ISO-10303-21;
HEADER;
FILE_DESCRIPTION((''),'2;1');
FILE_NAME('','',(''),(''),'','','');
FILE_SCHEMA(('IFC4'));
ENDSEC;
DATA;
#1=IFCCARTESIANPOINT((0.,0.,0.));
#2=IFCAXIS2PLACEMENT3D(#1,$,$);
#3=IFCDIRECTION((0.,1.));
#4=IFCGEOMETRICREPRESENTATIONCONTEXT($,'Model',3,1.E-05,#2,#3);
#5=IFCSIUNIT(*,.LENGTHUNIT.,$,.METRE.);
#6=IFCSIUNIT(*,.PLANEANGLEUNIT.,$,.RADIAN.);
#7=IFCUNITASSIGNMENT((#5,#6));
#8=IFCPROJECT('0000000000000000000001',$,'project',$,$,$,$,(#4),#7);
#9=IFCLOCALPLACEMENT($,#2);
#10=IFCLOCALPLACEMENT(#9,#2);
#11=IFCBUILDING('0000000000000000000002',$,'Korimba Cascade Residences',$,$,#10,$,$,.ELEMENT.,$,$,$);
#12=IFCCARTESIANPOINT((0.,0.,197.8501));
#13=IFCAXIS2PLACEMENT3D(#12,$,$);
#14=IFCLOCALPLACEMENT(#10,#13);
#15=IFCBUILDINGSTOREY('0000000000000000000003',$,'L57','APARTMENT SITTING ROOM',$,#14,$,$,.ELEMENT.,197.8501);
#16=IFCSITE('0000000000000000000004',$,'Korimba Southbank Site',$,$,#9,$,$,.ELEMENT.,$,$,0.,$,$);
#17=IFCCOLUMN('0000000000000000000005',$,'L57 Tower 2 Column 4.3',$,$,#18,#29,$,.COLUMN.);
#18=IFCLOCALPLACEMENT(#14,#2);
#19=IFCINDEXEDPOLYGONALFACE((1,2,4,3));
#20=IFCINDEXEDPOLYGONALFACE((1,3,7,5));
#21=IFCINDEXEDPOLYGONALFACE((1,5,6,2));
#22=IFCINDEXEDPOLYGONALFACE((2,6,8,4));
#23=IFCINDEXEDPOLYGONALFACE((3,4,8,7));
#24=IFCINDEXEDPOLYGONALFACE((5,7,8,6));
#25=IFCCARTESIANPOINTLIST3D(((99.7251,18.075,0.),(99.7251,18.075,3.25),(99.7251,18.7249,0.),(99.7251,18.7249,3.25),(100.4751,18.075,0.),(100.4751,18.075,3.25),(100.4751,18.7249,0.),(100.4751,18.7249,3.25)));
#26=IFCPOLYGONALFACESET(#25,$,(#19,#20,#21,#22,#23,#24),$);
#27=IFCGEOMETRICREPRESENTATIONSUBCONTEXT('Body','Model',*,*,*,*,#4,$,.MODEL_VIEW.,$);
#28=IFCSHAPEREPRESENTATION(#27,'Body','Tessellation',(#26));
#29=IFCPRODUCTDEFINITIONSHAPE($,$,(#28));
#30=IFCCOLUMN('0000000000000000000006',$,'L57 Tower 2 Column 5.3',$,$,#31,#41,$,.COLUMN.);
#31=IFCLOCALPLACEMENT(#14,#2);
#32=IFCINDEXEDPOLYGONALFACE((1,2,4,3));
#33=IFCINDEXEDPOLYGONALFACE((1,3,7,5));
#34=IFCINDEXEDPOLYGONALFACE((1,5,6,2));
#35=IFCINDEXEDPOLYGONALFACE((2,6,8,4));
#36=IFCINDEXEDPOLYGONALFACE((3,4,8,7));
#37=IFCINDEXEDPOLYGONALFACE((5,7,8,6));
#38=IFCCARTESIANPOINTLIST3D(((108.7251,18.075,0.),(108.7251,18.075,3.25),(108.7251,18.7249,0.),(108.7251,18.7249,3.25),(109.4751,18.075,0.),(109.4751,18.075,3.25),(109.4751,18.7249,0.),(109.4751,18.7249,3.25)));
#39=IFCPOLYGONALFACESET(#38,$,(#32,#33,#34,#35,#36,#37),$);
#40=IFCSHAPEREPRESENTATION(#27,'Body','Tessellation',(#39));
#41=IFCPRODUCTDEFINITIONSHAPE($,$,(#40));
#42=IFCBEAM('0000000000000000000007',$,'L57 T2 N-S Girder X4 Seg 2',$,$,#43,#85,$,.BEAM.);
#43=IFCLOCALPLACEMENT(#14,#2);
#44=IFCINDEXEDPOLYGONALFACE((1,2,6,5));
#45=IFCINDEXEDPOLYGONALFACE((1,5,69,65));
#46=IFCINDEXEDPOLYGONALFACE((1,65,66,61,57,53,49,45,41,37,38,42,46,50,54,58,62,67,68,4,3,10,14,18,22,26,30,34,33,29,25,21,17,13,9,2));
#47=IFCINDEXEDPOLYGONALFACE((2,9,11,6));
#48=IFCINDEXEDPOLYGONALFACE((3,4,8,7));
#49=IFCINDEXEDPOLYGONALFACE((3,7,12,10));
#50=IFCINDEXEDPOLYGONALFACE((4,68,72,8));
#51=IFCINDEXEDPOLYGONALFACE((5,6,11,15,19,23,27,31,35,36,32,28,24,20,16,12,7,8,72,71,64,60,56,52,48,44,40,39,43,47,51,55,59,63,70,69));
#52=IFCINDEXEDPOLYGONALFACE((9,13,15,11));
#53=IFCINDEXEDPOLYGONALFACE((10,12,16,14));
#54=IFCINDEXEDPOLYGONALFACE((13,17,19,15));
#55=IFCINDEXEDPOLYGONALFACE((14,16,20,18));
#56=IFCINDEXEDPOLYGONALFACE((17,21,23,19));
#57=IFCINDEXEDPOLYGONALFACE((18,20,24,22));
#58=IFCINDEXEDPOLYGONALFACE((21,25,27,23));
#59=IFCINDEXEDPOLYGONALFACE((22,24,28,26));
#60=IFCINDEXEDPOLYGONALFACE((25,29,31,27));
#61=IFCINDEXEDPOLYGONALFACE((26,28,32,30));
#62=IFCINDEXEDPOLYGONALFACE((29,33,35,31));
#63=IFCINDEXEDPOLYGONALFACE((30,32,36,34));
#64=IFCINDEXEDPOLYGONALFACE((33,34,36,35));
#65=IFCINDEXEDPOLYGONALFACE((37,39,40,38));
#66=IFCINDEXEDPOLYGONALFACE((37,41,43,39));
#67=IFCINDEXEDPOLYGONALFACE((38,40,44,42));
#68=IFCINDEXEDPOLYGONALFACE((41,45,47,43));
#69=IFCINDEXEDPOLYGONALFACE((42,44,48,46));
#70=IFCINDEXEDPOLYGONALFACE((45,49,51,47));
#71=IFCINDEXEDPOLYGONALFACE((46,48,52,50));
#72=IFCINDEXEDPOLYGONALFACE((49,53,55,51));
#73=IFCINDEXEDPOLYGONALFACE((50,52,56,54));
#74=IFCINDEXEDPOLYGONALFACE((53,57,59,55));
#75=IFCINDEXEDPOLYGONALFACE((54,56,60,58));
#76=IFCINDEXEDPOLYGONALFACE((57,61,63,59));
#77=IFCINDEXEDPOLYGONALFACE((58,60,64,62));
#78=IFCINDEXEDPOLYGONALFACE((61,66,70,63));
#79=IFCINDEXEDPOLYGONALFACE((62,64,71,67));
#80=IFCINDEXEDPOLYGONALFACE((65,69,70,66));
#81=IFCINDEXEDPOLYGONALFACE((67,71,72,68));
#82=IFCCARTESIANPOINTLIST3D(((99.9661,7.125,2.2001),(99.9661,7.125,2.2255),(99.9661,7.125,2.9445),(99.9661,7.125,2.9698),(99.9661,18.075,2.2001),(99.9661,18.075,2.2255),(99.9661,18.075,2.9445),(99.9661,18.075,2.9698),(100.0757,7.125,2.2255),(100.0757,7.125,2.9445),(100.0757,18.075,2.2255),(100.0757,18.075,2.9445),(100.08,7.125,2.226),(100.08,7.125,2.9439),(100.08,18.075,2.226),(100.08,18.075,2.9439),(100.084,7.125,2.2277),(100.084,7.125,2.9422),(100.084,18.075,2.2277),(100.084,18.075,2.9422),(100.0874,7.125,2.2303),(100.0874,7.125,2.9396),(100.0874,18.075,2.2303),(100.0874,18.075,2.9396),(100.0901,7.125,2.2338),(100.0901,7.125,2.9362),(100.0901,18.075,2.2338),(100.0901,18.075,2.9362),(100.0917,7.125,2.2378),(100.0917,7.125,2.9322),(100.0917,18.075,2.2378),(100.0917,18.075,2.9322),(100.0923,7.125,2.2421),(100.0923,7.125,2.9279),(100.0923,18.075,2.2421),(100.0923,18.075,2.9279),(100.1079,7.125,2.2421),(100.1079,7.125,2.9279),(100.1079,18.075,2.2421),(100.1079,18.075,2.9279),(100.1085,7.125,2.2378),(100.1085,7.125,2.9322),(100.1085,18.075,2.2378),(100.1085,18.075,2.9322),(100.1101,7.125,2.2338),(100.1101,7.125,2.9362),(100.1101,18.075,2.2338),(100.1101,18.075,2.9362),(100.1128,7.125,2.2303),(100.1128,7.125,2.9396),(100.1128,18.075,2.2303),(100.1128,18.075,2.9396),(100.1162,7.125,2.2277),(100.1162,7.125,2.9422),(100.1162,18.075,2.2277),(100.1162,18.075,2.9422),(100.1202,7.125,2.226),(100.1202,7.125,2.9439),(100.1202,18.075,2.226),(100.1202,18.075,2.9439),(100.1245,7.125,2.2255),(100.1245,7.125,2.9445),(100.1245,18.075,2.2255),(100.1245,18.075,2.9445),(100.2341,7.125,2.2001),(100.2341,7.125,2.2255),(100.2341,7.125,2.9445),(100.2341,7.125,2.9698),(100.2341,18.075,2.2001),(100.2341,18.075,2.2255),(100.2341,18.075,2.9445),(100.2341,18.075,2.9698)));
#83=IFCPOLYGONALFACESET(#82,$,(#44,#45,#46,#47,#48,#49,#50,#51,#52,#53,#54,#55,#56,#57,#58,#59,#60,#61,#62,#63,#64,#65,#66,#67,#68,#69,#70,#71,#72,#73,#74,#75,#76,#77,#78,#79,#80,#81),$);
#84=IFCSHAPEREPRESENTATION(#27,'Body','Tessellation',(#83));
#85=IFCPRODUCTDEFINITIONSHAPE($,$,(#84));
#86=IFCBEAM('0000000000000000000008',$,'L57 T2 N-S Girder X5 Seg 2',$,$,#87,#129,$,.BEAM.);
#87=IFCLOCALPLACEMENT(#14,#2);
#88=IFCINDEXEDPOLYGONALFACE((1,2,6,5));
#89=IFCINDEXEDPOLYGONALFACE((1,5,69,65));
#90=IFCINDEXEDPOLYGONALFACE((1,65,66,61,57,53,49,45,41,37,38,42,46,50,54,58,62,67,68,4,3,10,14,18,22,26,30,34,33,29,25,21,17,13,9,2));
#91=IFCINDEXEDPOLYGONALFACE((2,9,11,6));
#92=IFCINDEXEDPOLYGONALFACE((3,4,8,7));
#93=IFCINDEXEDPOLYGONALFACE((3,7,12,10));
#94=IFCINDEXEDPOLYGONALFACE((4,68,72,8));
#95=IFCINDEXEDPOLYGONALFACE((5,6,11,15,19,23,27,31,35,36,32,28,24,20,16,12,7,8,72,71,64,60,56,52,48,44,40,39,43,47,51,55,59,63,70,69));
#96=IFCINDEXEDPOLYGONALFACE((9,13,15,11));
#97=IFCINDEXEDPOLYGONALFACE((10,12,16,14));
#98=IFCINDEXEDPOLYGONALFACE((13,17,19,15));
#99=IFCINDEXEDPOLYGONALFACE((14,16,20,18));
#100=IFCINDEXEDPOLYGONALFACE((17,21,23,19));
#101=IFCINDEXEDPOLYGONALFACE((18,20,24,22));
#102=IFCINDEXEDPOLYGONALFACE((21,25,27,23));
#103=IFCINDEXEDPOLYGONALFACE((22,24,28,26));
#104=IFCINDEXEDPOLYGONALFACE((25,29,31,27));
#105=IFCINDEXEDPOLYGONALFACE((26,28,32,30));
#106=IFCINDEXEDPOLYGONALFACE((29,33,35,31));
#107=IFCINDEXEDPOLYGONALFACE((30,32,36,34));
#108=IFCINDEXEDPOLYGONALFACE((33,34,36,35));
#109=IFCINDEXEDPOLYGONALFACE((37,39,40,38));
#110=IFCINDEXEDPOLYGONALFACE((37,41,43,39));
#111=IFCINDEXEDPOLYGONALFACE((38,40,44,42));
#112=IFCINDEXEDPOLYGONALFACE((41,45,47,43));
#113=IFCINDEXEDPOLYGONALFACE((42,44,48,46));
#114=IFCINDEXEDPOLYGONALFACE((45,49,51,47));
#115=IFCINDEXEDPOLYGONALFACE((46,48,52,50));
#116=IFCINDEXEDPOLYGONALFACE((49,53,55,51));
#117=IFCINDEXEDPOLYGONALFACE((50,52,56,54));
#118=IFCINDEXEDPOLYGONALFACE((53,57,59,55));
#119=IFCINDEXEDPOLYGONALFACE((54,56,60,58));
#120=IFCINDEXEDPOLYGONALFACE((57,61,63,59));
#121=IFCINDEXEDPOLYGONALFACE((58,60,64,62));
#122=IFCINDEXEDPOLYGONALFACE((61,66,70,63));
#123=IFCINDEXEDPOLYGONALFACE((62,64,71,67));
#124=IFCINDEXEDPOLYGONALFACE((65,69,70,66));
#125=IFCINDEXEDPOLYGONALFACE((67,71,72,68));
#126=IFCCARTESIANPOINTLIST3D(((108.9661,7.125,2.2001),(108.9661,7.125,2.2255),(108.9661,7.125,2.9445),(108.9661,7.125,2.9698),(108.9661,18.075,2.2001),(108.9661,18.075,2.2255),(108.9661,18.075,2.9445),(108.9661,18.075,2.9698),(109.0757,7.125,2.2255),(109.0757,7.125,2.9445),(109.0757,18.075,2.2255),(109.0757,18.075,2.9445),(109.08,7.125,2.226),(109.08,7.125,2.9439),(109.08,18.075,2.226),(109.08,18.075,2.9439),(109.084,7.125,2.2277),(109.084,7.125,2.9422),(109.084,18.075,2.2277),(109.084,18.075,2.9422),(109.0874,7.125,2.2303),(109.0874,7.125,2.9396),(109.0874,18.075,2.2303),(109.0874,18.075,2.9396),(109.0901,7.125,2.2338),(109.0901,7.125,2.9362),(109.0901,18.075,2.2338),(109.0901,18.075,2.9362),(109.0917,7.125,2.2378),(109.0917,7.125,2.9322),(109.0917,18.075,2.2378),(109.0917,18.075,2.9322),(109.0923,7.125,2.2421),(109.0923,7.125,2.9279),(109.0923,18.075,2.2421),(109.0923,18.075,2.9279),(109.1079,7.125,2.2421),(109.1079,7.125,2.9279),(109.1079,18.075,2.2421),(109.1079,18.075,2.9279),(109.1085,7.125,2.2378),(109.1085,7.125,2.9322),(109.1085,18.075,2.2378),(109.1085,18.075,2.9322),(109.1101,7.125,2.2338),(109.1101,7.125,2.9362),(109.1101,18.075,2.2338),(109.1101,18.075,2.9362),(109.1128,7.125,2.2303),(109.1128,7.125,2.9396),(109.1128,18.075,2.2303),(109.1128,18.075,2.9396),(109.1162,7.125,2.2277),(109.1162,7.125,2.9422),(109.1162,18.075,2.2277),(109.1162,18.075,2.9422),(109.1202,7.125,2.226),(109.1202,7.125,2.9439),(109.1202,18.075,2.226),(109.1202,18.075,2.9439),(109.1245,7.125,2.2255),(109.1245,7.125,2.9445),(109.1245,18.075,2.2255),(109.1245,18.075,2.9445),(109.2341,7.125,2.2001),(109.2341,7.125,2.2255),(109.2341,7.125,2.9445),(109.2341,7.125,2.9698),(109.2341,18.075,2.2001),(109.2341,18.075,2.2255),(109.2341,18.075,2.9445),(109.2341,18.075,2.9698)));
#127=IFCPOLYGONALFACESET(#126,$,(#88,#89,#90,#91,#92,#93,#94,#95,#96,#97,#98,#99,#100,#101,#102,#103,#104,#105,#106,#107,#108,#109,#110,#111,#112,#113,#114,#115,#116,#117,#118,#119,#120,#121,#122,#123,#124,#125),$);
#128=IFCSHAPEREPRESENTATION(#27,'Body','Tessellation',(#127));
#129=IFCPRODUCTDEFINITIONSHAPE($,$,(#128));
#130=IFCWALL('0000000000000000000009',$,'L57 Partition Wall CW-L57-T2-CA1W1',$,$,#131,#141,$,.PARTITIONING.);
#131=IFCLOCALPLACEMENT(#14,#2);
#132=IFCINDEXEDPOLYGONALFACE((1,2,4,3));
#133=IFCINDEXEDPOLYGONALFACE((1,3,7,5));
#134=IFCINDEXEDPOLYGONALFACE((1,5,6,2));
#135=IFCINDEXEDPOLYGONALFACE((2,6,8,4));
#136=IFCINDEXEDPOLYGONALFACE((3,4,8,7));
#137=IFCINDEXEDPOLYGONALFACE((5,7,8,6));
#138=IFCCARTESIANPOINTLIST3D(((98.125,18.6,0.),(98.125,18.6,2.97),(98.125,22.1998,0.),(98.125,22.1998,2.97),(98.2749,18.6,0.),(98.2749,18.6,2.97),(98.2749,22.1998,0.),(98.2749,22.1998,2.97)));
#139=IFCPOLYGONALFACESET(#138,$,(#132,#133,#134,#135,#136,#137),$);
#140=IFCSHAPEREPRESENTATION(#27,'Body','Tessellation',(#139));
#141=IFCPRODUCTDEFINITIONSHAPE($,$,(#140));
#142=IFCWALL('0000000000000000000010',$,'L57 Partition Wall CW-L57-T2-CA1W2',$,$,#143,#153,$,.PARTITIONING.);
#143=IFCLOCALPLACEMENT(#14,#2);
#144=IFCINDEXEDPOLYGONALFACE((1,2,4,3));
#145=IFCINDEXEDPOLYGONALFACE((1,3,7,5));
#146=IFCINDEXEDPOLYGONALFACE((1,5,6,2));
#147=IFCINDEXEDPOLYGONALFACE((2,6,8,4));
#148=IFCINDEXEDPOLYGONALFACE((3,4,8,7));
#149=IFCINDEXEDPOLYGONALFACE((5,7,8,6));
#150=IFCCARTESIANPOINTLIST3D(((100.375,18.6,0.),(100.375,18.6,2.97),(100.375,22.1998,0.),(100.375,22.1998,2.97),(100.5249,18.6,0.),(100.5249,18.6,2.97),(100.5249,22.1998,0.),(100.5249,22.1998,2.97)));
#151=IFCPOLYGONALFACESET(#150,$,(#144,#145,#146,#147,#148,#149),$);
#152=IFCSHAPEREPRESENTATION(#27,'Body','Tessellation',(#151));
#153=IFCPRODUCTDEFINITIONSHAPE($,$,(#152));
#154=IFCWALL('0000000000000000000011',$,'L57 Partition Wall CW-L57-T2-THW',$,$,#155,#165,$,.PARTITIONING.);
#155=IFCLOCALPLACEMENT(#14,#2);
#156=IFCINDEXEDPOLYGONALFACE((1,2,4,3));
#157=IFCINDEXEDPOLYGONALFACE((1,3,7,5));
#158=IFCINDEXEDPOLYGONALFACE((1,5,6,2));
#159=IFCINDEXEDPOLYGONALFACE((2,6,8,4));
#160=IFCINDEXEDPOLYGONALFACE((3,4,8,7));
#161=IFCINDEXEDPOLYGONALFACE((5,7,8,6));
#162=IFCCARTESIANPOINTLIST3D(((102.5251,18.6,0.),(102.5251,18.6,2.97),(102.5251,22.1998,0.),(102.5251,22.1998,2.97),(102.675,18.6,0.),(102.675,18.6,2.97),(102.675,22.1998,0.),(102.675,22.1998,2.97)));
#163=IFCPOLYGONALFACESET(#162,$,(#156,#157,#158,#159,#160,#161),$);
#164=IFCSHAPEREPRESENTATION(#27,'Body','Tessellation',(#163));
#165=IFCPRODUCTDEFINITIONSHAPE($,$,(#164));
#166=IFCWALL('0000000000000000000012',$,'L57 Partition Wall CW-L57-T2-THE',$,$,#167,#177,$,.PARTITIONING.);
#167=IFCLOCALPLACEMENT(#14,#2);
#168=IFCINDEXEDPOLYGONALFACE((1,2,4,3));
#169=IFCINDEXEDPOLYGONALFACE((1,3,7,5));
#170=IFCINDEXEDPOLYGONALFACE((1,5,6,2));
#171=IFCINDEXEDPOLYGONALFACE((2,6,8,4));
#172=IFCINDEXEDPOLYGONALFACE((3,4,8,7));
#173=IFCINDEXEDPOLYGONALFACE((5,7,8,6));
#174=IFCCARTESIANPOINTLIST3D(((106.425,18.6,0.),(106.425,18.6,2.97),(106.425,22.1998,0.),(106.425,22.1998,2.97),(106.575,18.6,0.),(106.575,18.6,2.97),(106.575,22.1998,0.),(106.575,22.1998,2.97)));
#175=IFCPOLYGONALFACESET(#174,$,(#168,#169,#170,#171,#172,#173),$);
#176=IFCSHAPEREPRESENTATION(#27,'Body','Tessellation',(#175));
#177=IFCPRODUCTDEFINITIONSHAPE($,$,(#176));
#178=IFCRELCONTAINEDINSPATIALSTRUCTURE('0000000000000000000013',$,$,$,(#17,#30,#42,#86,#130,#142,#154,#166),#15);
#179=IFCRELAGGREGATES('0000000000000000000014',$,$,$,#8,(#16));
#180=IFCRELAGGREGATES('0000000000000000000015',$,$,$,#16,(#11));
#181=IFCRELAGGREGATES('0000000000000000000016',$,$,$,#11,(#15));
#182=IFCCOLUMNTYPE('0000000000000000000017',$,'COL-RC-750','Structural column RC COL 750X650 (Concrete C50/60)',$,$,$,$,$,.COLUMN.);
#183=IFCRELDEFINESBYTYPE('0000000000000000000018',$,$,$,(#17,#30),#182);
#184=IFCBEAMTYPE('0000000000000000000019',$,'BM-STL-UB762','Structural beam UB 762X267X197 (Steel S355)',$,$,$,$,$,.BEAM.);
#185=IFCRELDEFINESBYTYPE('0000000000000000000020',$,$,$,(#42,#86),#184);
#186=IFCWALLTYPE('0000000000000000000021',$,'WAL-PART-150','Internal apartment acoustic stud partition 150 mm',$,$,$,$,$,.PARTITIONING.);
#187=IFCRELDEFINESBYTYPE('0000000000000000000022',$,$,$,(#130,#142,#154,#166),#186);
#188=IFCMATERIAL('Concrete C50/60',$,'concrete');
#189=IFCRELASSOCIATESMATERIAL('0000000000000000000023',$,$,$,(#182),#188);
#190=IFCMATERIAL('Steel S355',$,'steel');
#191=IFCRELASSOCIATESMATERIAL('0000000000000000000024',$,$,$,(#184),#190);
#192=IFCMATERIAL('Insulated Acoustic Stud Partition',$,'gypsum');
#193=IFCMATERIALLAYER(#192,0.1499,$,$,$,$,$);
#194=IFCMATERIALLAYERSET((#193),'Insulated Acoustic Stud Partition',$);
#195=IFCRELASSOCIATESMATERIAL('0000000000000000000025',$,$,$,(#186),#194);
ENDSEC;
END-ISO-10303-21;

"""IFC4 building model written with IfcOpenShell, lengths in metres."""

from ifc_helpers import new_model, si_unit, direction, frame, frame_2d, origin, origin_2d, place, context, subcontext, project, spatial, rectangle, i_section, extrude, material, layer, layer_set, material_profile, profile_set, type_object, element, save


model = new_model("IFC4")

# Units and contexts
model_context = context("Model", 3, precision=1e-05, world=origin(), true_north=direction((0.0, 1.0)))
body_context = subcontext(model_context, "Body", "Model", "MODEL_VIEW")
ifc_project = project(units=[si_unit("LENGTHUNIT", "METRE"), si_unit("PLANEANGLEUNIT", "RADIAN")], contexts=[model_context])

# Site, building, storey
site_placement = place(None, origin())
site = spatial("IfcSite", under=ifc_project, at=site_placement, Name="Korimba Southbank Site", CompositionType="ELEMENT", RefElevation=0.0)
building_placement = place(site_placement, origin())
building = spatial("IfcBuilding", under=site, at=building_placement, Name="Korimba Cascade Residences", CompositionType="ELEMENT")
storey_placement = place(building_placement, frame((0.0, 0.0, 197.8501)))
storey = spatial("IfcBuildingStorey", under=building, at=storey_placement, Name="L57", Description="APARTMENT SITTING ROOM", CompositionType="ELEMENT", Elevation=197.8501)

# Columns
ifc_material_1 = material(Name="Concrete C50/60", Category="concrete")
ifc_material_profile_1 = material_profile(ifc_material_1, rectangle(XDim=0.75, YDim=0.6499, at=origin_2d()), Name="Concrete C50/60")
ifc_profile_set_1 = profile_set([ifc_material_profile_1], Name="Concrete C50/60")
column_type = type_object("IfcColumnType", Name="COL-RC-750", Description="Structural column RC COL 750X650 (Concrete C50/60)", PredefinedType="COLUMN", material=ifc_profile_set_1)
for number, where, z_axis, x_axis, name in (
    (1, (100.1001, 18.3999, 0.0), (0.0, 0.0, 1.0), (1.0, 0.0, 0.0), "L57 Tower 2 Column 4.3"),
    (2, (109.1001, 18.3999, 0.0), (0.0, 0.0, 1.0), (1.0, 0.0, 0.0), "L57 Tower 2 Column 5.3"),
):
    element("IfcColumn", number, at=place(storey_placement, frame(where, z_axis=z_axis, x_axis=x_axis)), inside=storey, type_object=column_type, Name=name, PredefinedType="COLUMN", context=body_context, shape_type="SweptSolid", body=[
        extrude(rectangle(XDim=0.75, YDim=0.6499, at=origin_2d()), origin(), (0.0, 0.0, 1.0), 3.25),
    ])

# Beams
ifc_material_2 = material(Name="Steel S355", Category="steel")
ifc_material_profile_2 = material_profile(ifc_material_2, i_section(OverallWidth=0.2681, OverallDepth=0.7698, WebThickness=0.0156, FlangeThickness=0.0254, FilletRadius=0.0166, at=origin_2d()), Name="Steel S355")
ifc_profile_set_2 = profile_set([ifc_material_profile_2], Name="Steel S355")
beam_type = type_object("IfcBeamType", Name="BM-STL-UB762", Description="Structural beam UB 762X267X197 (Steel S355)", PredefinedType="BEAM", material=ifc_profile_set_2)
for number, where, z_axis, x_axis, name in (
    (3, (100.1001, 7.125, 2.585), (0.0, 1.0, 0.0), (-1.0, 0.0, 0.0), "L57 T2 N-S Girder X4 Seg 2"),
    (4, (109.1001, 7.125, 2.585), (0.0, 1.0, 0.0), (-1.0, 0.0, 0.0), "L57 T2 N-S Girder X5 Seg 2"),
):
    element("IfcBeam", number, at=place(storey_placement, frame(where, z_axis=z_axis, x_axis=x_axis)), inside=storey, type_object=beam_type, Name=name, PredefinedType="BEAM", context=body_context, shape_type="SweptSolid", body=[
        extrude(i_section(OverallWidth=0.2681, OverallDepth=0.7698, WebThickness=0.0156, FlangeThickness=0.0254, FilletRadius=0.0166, at=origin_2d()), origin(), (0.0, 0.0, 1.0), 10.95),
    ])

# Walls
ifc_material_3 = material(Name="Insulated Acoustic Stud Partition", Category="gypsum")
ifc_layer_1 = layer(ifc_material_3, 0.1499)
ifc_layer_set_1 = layer_set([ifc_layer_1], Name="Insulated Acoustic Stud Partition")
wall_type_1 = type_object("IfcWallType", Name="WAL-PART-150", Description="Internal apartment acoustic stud partition 150 mm", PredefinedType="PARTITIONING", material=ifc_layer_set_1)
for number, where, z_axis, x_axis, name in (
    (5, (98.2, 18.6001, 0.0), (0.0, 0.0, 1.0), (0.0, 1.0, 0.0), "L57 Partition Wall CW-L57-T2-CA1W1"),
    (6, (100.45, 18.6001, 0.0), (0.0, 0.0, 1.0), (0.0, 1.0, 0.0), "L57 Partition Wall CW-L57-T2-CA1W2"),
    (7, (102.6001, 18.6001, 0.0), (0.0, 0.0, 1.0), (0.0, 1.0, 0.0), "L57 Partition Wall CW-L57-T2-THW"),
    (8, (106.5, 18.6001, 0.0), (0.0, 0.0, 1.0), (0.0, 1.0, 0.0), "L57 Partition Wall CW-L57-T2-THE"),
):
    element("IfcWall", number, at=place(storey_placement, frame(where, z_axis=z_axis, x_axis=x_axis)), inside=storey, type_object=wall_type_1, Name=name, PredefinedType="PARTITIONING", context=body_context, shape_type="SweptSolid", body=[
        extrude(rectangle(XDim=3.5999, YDim=0.1499, at=frame_2d((1.7998, 0.0))), origin(), (0.0, 0.0, 1.0), 2.97),
    ])

save(model, "model.ifc")
